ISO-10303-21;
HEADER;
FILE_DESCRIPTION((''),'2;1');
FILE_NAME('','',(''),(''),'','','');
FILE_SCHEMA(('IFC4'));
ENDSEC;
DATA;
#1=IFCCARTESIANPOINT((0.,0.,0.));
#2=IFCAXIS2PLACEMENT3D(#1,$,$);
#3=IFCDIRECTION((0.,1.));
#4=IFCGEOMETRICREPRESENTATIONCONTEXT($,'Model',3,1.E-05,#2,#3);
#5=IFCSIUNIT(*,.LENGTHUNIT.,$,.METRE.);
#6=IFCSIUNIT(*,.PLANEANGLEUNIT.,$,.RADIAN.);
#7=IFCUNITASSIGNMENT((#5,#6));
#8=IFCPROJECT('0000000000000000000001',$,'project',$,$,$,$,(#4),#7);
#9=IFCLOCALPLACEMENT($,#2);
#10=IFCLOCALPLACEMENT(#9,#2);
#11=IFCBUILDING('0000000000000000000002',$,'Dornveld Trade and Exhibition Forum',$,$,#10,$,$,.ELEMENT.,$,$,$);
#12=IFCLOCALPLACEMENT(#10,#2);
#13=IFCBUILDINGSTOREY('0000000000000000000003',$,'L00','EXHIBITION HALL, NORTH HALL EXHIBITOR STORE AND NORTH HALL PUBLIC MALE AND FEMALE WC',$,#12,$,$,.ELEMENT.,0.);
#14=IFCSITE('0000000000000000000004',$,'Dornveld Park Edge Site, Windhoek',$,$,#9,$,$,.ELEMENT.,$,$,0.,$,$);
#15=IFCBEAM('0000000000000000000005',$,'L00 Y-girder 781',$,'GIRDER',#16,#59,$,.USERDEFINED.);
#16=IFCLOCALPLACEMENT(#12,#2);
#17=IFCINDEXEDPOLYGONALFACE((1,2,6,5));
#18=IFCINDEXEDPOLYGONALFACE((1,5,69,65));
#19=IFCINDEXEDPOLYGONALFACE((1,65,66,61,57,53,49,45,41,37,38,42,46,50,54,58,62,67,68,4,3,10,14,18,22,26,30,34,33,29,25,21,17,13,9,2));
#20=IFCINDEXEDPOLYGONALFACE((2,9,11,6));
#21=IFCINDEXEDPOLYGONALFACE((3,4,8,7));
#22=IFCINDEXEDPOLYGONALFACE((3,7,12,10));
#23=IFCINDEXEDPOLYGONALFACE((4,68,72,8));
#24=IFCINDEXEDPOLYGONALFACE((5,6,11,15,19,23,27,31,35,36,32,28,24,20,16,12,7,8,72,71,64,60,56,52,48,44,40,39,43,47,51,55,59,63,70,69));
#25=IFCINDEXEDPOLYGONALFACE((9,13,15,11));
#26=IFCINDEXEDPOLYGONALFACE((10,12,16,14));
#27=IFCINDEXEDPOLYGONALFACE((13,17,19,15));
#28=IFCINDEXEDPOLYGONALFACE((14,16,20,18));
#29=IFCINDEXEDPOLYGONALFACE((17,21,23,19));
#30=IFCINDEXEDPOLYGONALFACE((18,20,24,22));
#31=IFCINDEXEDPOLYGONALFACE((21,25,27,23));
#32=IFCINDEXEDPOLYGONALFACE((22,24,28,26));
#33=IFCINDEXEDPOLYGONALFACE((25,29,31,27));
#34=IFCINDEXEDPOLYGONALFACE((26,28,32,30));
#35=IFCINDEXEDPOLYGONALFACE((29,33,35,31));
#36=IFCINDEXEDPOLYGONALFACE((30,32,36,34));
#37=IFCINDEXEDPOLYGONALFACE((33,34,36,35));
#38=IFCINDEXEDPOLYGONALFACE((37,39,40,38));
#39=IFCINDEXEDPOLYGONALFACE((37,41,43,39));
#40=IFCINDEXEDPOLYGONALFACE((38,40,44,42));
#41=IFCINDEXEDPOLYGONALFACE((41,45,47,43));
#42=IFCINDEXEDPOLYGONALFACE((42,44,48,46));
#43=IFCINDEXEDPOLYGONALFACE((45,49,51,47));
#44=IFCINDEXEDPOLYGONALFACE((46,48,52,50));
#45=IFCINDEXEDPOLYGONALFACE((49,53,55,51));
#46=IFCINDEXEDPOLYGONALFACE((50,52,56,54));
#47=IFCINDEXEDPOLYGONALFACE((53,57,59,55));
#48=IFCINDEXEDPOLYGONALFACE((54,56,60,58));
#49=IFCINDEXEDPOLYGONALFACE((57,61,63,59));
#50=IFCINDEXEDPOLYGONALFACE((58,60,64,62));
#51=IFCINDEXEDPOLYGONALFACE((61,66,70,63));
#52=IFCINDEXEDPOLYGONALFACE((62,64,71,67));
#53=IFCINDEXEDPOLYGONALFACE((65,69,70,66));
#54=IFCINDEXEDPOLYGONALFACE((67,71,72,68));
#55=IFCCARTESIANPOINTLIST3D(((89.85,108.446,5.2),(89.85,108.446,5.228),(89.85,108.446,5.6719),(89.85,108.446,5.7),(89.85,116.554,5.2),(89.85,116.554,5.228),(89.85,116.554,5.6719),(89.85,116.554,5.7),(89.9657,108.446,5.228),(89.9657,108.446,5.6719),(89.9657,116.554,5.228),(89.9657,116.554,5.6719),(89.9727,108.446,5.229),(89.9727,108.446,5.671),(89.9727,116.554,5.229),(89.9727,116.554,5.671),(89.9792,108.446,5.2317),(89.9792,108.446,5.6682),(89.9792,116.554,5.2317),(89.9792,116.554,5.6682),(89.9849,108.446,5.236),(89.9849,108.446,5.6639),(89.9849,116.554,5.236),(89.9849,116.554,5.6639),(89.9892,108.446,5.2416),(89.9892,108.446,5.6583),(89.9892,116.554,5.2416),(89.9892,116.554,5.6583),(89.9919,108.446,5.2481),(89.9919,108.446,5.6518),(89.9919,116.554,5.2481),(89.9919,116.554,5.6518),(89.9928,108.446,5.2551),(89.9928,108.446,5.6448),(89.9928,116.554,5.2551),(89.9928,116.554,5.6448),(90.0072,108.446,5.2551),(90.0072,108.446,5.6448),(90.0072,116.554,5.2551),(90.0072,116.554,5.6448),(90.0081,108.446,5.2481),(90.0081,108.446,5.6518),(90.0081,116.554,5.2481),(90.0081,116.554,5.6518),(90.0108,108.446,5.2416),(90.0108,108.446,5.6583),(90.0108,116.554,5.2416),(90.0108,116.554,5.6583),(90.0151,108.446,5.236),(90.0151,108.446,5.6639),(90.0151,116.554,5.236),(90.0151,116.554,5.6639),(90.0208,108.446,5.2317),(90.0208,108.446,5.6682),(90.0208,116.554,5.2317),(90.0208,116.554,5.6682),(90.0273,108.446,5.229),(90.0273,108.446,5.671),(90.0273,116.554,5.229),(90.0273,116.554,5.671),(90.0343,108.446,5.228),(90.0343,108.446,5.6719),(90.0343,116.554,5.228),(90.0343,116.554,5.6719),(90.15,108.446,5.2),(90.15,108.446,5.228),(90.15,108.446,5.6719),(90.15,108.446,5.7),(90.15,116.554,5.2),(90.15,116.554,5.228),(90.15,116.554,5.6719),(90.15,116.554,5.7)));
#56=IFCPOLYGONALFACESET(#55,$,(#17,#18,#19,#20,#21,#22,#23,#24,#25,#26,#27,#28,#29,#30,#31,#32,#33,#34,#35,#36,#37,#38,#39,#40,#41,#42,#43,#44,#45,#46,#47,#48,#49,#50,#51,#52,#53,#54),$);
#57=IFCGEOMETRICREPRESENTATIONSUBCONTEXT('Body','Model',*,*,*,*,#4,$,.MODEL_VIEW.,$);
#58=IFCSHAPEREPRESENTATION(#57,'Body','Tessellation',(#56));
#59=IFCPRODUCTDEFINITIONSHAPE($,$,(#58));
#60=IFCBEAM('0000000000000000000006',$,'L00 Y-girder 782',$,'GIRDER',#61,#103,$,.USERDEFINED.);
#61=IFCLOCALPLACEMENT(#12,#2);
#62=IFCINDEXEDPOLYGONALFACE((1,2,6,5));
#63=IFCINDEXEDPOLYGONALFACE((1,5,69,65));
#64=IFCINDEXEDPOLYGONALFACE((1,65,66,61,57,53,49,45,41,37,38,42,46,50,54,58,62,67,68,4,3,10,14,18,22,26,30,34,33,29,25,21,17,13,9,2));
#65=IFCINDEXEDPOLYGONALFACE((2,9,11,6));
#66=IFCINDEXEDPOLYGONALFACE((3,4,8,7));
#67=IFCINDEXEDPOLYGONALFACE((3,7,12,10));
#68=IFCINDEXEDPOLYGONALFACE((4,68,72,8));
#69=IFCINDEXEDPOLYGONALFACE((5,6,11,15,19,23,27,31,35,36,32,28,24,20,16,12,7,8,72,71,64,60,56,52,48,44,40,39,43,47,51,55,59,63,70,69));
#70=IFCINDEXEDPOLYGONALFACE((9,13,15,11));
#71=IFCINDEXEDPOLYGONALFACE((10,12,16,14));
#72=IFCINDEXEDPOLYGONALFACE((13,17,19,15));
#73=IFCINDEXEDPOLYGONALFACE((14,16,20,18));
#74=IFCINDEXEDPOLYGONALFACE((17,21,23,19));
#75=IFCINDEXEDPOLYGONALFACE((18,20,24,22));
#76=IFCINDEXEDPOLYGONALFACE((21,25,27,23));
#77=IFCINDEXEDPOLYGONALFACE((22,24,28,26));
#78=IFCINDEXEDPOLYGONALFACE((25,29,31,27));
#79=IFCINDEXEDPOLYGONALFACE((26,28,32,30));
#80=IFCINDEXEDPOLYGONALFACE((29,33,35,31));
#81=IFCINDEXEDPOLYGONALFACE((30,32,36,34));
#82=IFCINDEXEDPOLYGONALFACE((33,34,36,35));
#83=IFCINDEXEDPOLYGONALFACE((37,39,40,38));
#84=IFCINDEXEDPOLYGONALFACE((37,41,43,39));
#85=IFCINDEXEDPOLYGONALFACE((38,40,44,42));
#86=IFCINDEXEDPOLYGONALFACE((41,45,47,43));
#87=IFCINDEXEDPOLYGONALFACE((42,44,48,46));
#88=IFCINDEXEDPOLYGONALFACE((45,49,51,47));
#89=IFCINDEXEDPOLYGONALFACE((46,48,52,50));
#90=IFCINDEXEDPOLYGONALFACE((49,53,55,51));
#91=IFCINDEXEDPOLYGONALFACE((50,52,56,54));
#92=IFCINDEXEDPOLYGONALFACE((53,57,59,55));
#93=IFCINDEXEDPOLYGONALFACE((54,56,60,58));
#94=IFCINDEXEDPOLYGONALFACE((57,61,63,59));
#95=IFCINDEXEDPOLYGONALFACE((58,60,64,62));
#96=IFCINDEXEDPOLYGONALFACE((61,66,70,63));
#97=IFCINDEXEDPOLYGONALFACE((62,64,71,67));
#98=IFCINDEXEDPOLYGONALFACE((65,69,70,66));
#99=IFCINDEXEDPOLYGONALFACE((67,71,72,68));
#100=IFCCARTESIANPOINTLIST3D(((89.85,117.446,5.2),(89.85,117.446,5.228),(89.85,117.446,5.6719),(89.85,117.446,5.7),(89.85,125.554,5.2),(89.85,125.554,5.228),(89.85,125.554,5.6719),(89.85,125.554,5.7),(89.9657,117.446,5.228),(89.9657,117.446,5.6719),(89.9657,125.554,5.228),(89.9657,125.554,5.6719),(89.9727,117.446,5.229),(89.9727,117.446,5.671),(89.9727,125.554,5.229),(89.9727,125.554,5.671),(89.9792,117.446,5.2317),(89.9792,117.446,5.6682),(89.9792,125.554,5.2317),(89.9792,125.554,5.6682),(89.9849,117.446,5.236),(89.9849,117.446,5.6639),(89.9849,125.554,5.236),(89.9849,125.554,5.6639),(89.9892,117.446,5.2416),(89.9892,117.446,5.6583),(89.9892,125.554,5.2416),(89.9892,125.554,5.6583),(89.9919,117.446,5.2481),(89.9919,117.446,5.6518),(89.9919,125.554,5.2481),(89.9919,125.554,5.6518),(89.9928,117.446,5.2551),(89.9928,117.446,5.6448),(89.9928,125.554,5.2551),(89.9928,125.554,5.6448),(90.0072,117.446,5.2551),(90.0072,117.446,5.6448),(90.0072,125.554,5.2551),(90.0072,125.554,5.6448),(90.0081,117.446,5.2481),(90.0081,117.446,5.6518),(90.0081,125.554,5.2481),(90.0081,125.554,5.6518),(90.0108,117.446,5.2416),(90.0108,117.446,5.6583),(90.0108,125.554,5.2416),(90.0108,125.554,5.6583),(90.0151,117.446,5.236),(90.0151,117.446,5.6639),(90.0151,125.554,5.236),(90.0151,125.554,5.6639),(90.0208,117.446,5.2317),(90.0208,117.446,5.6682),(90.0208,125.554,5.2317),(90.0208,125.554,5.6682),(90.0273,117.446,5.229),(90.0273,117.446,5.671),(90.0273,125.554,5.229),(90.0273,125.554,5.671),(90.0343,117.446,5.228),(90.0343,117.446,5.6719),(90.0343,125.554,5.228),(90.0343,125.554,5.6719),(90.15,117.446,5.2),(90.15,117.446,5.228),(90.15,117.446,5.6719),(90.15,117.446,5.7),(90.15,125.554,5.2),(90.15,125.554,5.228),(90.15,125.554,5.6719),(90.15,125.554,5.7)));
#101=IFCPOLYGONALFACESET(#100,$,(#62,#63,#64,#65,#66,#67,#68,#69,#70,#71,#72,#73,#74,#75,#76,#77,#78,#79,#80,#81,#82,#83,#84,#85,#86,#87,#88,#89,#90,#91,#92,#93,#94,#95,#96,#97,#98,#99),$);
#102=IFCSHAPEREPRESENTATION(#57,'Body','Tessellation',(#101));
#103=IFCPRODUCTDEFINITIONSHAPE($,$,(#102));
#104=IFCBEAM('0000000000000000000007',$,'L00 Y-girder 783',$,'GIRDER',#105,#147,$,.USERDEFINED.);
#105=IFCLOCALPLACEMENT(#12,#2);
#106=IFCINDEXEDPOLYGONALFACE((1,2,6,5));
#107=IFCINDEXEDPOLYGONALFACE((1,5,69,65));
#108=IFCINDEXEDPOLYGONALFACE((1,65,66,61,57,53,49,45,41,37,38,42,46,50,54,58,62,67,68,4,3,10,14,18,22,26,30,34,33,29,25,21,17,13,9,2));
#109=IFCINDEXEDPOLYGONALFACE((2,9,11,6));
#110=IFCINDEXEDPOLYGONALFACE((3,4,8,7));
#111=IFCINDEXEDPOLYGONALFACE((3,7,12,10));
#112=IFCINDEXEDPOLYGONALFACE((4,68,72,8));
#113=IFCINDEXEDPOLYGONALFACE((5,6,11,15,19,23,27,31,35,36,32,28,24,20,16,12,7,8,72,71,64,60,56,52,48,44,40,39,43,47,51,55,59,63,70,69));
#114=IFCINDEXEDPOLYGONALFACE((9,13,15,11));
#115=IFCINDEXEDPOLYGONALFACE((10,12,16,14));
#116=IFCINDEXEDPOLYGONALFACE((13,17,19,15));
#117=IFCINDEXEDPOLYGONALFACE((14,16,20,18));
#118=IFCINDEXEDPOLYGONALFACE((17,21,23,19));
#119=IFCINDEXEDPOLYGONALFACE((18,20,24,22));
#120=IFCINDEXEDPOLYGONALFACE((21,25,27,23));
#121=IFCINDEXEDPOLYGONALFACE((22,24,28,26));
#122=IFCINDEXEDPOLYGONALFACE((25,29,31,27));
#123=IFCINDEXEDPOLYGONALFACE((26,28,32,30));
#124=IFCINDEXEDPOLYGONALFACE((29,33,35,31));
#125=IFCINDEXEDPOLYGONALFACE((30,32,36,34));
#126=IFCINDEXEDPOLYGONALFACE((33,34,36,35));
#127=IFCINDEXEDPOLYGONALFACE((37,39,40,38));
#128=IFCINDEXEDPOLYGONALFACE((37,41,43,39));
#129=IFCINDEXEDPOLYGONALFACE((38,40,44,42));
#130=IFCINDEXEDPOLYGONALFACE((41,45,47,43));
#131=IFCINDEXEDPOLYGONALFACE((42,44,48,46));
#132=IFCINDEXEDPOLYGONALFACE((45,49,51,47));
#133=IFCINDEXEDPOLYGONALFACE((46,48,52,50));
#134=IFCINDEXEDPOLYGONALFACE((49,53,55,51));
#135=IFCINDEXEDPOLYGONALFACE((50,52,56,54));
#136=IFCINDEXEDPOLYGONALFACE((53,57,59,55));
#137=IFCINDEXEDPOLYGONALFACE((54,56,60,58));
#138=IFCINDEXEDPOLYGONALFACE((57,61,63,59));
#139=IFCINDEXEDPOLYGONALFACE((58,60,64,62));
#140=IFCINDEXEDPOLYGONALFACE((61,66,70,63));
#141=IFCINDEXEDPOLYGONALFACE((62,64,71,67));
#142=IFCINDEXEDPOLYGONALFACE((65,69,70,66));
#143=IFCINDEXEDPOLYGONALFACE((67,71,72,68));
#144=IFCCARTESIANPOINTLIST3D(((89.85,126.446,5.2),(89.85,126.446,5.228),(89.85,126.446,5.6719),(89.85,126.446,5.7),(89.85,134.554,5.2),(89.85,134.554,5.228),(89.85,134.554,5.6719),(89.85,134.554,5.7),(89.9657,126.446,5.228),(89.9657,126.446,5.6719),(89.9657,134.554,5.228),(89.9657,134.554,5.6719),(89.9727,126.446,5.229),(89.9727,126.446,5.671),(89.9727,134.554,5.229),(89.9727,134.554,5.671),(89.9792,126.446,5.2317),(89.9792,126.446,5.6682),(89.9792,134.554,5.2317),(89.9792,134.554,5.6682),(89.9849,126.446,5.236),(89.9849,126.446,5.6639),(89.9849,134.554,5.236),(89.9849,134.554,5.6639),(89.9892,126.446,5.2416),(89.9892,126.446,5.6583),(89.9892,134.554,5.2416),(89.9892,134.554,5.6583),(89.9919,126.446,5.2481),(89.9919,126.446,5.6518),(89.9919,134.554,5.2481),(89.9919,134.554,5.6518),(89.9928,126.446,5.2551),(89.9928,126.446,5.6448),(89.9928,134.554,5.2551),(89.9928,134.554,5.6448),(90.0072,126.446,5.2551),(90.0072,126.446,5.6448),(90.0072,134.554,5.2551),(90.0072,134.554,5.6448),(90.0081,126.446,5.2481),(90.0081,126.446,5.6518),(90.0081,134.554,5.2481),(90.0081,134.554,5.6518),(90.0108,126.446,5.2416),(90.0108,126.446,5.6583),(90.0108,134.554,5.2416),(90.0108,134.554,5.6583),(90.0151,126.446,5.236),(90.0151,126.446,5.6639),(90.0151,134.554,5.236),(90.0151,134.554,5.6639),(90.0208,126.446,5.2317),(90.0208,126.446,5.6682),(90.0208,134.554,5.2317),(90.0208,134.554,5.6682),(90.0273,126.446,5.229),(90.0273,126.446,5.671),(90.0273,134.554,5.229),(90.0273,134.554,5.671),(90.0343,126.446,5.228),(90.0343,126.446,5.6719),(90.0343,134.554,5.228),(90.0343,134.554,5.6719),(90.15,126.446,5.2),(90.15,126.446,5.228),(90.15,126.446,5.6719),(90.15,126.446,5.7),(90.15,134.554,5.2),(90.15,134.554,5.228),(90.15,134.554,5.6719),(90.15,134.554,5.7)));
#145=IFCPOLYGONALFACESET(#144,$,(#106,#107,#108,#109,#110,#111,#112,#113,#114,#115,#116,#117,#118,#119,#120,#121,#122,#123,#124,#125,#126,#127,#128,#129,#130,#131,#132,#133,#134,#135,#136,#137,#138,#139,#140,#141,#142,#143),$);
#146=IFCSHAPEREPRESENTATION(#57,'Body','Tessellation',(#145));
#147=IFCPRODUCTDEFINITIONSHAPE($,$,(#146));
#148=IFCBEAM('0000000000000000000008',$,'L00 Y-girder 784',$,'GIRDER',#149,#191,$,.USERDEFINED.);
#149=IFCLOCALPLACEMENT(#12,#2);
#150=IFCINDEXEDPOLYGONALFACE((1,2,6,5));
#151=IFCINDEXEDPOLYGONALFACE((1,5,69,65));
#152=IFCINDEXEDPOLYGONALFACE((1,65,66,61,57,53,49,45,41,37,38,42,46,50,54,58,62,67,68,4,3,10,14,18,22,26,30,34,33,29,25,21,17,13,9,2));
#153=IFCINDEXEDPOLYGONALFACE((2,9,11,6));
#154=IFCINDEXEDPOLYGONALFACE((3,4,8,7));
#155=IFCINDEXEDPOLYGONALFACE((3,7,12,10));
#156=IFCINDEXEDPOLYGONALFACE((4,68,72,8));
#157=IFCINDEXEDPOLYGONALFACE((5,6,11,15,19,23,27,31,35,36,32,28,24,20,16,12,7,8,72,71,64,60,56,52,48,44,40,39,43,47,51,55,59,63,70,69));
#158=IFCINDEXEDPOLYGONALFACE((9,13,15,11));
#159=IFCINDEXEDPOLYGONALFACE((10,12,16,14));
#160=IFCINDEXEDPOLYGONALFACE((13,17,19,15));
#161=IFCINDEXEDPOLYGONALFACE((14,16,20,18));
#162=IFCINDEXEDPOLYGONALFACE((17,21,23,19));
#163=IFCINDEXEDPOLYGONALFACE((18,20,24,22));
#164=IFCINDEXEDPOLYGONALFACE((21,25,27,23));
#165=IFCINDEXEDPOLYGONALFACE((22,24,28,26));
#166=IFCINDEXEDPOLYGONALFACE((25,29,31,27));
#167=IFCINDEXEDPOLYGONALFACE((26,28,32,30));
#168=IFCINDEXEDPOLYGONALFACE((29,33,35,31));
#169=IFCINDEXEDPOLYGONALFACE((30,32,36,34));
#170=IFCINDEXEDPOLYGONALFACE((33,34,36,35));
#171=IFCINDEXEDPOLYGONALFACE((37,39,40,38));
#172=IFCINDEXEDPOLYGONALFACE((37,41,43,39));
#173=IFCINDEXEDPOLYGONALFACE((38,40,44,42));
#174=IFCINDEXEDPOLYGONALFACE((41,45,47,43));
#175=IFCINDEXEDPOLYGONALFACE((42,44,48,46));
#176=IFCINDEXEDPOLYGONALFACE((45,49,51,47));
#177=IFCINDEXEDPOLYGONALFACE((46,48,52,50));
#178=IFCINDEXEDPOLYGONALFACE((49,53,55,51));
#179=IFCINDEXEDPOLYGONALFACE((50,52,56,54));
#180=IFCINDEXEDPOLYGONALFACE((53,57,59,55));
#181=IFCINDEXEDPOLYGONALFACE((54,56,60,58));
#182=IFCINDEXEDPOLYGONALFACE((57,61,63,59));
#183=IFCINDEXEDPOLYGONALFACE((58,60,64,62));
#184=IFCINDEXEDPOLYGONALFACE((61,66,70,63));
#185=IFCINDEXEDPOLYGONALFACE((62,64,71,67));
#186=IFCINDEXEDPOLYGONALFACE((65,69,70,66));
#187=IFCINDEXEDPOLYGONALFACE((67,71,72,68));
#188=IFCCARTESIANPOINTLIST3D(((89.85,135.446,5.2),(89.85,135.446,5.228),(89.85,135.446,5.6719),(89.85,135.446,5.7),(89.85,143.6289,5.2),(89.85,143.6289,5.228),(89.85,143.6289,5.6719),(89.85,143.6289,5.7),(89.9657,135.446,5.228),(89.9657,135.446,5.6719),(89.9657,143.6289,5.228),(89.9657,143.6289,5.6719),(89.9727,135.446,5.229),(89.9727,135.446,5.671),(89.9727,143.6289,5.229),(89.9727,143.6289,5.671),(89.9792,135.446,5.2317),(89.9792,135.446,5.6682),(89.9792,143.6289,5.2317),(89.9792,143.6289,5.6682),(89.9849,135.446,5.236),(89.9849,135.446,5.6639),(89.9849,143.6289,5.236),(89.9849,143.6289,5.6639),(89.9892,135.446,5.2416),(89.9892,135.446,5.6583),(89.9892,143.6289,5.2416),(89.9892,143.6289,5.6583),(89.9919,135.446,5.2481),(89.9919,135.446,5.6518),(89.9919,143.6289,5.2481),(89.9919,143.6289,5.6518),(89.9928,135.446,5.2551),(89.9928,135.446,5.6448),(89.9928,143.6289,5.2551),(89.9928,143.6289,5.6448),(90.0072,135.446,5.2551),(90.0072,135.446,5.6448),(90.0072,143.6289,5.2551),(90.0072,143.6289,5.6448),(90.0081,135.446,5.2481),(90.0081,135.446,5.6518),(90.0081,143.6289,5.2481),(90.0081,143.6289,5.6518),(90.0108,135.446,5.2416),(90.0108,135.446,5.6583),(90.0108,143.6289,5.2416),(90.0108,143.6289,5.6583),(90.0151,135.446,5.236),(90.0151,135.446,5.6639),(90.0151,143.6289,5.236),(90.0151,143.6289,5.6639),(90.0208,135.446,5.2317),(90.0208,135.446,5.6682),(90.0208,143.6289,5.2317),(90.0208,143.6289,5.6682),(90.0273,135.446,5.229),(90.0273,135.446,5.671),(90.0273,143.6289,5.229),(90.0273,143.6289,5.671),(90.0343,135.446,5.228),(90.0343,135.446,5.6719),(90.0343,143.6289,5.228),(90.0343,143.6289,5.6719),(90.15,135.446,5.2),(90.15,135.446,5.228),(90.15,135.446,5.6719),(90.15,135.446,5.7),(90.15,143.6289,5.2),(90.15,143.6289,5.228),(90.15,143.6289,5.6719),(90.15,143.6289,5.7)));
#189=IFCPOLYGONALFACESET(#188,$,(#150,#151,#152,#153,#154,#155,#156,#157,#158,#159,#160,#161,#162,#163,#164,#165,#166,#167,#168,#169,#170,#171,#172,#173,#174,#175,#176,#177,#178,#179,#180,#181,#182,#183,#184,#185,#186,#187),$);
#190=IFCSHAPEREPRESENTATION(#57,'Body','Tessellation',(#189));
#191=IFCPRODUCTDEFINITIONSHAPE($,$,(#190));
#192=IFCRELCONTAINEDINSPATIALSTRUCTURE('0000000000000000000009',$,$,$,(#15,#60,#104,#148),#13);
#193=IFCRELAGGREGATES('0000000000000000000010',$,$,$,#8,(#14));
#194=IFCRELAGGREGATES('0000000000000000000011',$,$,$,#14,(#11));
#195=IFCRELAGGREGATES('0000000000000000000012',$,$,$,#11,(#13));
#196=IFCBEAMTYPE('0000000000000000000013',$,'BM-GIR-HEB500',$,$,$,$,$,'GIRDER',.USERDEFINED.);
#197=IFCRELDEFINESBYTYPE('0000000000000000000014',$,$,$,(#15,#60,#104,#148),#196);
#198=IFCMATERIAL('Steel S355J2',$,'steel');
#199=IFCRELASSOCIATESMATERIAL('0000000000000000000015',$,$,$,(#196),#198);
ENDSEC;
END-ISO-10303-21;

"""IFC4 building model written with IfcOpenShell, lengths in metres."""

from ifc_helpers import new_model, si_unit, direction, frame, origin, origin_2d, place, context, subcontext, project, spatial, i_section, extrude, material, material_profile, profile_set, type_object, element, save


model = new_model("IFC4")

# Units and contexts
model_context = context("Model", 3, precision=1e-05, world=origin(), true_north=direction((0.0, 1.0)))
body_context = subcontext(model_context, "Body", "Model", "MODEL_VIEW")
ifc_project = project(units=[si_unit("LENGTHUNIT", "METRE"), si_unit("PLANEANGLEUNIT", "RADIAN")], contexts=[model_context])

# Site, building, storey
site_placement = place(None, origin())
site = spatial("IfcSite", under=ifc_project, at=site_placement, Name="Dornveld Park Edge Site, Windhoek", CompositionType="ELEMENT", RefElevation=0.0)
building_placement = place(site_placement, origin())
building = spatial("IfcBuilding", under=site, at=building_placement, Name="Dornveld Trade and Exhibition Forum", CompositionType="ELEMENT")
storey_placement = place(building_placement, origin())
storey = spatial("IfcBuildingStorey", under=building, at=storey_placement, Name="L00", Description="EXHIBITION HALL, NORTH HALL EXHIBITOR STORE AND NORTH HALL PUBLIC MALE AND FEMALE WC", CompositionType="ELEMENT", Elevation=0.0)

# Beams
ifc_material_1 = material(Name="Steel S355J2", Category="steel")
ifc_material_profile_1 = material_profile(ifc_material_1, i_section(OverallWidth=0.3, OverallDepth=0.5, WebThickness=0.0144, FlangeThickness=0.0281, FilletRadius=0.0271, at=origin_2d()), Name="HEB 500")
ifc_profile_set_1 = profile_set([ifc_material_profile_1], Name="Steel S355J2")
beam_type_1 = type_object("IfcBeamType", Name="BM-GIR-HEB500", ElementType="GIRDER", PredefinedType="USERDEFINED", material=ifc_profile_set_1)
for number, where, z_axis, x_axis, name in (
    (1, (90.0, 108.446, 5.45), (0.0, 1.0, 0.0), (-1.0, 0.0, 0.0), "L00 Y-girder 781"),
    (2, (90.0, 117.446, 5.45), (0.0, 1.0, 0.0), (-1.0, 0.0, 0.0), "L00 Y-girder 782"),
    (3, (90.0, 126.446, 5.45), (0.0, 1.0, 0.0), (-1.0, 0.0, 0.0), "L00 Y-girder 783"),
):
    element("IfcBeam", number, at=place(storey_placement, frame(where, z_axis=z_axis, x_axis=x_axis)), inside=storey, type_object=beam_type_1, Name=name, ObjectType="GIRDER", PredefinedType="USERDEFINED", context=body_context, shape_type="SweptSolid", body=[
        extrude(i_section(OverallWidth=0.3, OverallDepth=0.5, WebThickness=0.0144, FlangeThickness=0.0281, FilletRadius=0.0271, at=origin_2d()), origin(), (0.0, 0.0, 1.0), 8.1079),
    ])
beam_1_placement = place(storey_placement, frame((90.0, 135.446, 5.45), z_axis=(0.0, 1.0, 0.0), x_axis=(-1.0, 0.0, 0.0)))
element("IfcBeam", 4, at=beam_1_placement, inside=storey, type_object=beam_type_1, Name="L00 Y-girder 784", ObjectType="GIRDER", PredefinedType="USERDEFINED", context=body_context, shape_type="SweptSolid", body=[
    extrude(i_section(OverallWidth=0.3, OverallDepth=0.5, WebThickness=0.0144, FlangeThickness=0.0281, FilletRadius=0.0271, at=origin_2d()), origin(), (0.0, 0.0, 1.0), 8.1829),
])

save(model, "model.ifc")
